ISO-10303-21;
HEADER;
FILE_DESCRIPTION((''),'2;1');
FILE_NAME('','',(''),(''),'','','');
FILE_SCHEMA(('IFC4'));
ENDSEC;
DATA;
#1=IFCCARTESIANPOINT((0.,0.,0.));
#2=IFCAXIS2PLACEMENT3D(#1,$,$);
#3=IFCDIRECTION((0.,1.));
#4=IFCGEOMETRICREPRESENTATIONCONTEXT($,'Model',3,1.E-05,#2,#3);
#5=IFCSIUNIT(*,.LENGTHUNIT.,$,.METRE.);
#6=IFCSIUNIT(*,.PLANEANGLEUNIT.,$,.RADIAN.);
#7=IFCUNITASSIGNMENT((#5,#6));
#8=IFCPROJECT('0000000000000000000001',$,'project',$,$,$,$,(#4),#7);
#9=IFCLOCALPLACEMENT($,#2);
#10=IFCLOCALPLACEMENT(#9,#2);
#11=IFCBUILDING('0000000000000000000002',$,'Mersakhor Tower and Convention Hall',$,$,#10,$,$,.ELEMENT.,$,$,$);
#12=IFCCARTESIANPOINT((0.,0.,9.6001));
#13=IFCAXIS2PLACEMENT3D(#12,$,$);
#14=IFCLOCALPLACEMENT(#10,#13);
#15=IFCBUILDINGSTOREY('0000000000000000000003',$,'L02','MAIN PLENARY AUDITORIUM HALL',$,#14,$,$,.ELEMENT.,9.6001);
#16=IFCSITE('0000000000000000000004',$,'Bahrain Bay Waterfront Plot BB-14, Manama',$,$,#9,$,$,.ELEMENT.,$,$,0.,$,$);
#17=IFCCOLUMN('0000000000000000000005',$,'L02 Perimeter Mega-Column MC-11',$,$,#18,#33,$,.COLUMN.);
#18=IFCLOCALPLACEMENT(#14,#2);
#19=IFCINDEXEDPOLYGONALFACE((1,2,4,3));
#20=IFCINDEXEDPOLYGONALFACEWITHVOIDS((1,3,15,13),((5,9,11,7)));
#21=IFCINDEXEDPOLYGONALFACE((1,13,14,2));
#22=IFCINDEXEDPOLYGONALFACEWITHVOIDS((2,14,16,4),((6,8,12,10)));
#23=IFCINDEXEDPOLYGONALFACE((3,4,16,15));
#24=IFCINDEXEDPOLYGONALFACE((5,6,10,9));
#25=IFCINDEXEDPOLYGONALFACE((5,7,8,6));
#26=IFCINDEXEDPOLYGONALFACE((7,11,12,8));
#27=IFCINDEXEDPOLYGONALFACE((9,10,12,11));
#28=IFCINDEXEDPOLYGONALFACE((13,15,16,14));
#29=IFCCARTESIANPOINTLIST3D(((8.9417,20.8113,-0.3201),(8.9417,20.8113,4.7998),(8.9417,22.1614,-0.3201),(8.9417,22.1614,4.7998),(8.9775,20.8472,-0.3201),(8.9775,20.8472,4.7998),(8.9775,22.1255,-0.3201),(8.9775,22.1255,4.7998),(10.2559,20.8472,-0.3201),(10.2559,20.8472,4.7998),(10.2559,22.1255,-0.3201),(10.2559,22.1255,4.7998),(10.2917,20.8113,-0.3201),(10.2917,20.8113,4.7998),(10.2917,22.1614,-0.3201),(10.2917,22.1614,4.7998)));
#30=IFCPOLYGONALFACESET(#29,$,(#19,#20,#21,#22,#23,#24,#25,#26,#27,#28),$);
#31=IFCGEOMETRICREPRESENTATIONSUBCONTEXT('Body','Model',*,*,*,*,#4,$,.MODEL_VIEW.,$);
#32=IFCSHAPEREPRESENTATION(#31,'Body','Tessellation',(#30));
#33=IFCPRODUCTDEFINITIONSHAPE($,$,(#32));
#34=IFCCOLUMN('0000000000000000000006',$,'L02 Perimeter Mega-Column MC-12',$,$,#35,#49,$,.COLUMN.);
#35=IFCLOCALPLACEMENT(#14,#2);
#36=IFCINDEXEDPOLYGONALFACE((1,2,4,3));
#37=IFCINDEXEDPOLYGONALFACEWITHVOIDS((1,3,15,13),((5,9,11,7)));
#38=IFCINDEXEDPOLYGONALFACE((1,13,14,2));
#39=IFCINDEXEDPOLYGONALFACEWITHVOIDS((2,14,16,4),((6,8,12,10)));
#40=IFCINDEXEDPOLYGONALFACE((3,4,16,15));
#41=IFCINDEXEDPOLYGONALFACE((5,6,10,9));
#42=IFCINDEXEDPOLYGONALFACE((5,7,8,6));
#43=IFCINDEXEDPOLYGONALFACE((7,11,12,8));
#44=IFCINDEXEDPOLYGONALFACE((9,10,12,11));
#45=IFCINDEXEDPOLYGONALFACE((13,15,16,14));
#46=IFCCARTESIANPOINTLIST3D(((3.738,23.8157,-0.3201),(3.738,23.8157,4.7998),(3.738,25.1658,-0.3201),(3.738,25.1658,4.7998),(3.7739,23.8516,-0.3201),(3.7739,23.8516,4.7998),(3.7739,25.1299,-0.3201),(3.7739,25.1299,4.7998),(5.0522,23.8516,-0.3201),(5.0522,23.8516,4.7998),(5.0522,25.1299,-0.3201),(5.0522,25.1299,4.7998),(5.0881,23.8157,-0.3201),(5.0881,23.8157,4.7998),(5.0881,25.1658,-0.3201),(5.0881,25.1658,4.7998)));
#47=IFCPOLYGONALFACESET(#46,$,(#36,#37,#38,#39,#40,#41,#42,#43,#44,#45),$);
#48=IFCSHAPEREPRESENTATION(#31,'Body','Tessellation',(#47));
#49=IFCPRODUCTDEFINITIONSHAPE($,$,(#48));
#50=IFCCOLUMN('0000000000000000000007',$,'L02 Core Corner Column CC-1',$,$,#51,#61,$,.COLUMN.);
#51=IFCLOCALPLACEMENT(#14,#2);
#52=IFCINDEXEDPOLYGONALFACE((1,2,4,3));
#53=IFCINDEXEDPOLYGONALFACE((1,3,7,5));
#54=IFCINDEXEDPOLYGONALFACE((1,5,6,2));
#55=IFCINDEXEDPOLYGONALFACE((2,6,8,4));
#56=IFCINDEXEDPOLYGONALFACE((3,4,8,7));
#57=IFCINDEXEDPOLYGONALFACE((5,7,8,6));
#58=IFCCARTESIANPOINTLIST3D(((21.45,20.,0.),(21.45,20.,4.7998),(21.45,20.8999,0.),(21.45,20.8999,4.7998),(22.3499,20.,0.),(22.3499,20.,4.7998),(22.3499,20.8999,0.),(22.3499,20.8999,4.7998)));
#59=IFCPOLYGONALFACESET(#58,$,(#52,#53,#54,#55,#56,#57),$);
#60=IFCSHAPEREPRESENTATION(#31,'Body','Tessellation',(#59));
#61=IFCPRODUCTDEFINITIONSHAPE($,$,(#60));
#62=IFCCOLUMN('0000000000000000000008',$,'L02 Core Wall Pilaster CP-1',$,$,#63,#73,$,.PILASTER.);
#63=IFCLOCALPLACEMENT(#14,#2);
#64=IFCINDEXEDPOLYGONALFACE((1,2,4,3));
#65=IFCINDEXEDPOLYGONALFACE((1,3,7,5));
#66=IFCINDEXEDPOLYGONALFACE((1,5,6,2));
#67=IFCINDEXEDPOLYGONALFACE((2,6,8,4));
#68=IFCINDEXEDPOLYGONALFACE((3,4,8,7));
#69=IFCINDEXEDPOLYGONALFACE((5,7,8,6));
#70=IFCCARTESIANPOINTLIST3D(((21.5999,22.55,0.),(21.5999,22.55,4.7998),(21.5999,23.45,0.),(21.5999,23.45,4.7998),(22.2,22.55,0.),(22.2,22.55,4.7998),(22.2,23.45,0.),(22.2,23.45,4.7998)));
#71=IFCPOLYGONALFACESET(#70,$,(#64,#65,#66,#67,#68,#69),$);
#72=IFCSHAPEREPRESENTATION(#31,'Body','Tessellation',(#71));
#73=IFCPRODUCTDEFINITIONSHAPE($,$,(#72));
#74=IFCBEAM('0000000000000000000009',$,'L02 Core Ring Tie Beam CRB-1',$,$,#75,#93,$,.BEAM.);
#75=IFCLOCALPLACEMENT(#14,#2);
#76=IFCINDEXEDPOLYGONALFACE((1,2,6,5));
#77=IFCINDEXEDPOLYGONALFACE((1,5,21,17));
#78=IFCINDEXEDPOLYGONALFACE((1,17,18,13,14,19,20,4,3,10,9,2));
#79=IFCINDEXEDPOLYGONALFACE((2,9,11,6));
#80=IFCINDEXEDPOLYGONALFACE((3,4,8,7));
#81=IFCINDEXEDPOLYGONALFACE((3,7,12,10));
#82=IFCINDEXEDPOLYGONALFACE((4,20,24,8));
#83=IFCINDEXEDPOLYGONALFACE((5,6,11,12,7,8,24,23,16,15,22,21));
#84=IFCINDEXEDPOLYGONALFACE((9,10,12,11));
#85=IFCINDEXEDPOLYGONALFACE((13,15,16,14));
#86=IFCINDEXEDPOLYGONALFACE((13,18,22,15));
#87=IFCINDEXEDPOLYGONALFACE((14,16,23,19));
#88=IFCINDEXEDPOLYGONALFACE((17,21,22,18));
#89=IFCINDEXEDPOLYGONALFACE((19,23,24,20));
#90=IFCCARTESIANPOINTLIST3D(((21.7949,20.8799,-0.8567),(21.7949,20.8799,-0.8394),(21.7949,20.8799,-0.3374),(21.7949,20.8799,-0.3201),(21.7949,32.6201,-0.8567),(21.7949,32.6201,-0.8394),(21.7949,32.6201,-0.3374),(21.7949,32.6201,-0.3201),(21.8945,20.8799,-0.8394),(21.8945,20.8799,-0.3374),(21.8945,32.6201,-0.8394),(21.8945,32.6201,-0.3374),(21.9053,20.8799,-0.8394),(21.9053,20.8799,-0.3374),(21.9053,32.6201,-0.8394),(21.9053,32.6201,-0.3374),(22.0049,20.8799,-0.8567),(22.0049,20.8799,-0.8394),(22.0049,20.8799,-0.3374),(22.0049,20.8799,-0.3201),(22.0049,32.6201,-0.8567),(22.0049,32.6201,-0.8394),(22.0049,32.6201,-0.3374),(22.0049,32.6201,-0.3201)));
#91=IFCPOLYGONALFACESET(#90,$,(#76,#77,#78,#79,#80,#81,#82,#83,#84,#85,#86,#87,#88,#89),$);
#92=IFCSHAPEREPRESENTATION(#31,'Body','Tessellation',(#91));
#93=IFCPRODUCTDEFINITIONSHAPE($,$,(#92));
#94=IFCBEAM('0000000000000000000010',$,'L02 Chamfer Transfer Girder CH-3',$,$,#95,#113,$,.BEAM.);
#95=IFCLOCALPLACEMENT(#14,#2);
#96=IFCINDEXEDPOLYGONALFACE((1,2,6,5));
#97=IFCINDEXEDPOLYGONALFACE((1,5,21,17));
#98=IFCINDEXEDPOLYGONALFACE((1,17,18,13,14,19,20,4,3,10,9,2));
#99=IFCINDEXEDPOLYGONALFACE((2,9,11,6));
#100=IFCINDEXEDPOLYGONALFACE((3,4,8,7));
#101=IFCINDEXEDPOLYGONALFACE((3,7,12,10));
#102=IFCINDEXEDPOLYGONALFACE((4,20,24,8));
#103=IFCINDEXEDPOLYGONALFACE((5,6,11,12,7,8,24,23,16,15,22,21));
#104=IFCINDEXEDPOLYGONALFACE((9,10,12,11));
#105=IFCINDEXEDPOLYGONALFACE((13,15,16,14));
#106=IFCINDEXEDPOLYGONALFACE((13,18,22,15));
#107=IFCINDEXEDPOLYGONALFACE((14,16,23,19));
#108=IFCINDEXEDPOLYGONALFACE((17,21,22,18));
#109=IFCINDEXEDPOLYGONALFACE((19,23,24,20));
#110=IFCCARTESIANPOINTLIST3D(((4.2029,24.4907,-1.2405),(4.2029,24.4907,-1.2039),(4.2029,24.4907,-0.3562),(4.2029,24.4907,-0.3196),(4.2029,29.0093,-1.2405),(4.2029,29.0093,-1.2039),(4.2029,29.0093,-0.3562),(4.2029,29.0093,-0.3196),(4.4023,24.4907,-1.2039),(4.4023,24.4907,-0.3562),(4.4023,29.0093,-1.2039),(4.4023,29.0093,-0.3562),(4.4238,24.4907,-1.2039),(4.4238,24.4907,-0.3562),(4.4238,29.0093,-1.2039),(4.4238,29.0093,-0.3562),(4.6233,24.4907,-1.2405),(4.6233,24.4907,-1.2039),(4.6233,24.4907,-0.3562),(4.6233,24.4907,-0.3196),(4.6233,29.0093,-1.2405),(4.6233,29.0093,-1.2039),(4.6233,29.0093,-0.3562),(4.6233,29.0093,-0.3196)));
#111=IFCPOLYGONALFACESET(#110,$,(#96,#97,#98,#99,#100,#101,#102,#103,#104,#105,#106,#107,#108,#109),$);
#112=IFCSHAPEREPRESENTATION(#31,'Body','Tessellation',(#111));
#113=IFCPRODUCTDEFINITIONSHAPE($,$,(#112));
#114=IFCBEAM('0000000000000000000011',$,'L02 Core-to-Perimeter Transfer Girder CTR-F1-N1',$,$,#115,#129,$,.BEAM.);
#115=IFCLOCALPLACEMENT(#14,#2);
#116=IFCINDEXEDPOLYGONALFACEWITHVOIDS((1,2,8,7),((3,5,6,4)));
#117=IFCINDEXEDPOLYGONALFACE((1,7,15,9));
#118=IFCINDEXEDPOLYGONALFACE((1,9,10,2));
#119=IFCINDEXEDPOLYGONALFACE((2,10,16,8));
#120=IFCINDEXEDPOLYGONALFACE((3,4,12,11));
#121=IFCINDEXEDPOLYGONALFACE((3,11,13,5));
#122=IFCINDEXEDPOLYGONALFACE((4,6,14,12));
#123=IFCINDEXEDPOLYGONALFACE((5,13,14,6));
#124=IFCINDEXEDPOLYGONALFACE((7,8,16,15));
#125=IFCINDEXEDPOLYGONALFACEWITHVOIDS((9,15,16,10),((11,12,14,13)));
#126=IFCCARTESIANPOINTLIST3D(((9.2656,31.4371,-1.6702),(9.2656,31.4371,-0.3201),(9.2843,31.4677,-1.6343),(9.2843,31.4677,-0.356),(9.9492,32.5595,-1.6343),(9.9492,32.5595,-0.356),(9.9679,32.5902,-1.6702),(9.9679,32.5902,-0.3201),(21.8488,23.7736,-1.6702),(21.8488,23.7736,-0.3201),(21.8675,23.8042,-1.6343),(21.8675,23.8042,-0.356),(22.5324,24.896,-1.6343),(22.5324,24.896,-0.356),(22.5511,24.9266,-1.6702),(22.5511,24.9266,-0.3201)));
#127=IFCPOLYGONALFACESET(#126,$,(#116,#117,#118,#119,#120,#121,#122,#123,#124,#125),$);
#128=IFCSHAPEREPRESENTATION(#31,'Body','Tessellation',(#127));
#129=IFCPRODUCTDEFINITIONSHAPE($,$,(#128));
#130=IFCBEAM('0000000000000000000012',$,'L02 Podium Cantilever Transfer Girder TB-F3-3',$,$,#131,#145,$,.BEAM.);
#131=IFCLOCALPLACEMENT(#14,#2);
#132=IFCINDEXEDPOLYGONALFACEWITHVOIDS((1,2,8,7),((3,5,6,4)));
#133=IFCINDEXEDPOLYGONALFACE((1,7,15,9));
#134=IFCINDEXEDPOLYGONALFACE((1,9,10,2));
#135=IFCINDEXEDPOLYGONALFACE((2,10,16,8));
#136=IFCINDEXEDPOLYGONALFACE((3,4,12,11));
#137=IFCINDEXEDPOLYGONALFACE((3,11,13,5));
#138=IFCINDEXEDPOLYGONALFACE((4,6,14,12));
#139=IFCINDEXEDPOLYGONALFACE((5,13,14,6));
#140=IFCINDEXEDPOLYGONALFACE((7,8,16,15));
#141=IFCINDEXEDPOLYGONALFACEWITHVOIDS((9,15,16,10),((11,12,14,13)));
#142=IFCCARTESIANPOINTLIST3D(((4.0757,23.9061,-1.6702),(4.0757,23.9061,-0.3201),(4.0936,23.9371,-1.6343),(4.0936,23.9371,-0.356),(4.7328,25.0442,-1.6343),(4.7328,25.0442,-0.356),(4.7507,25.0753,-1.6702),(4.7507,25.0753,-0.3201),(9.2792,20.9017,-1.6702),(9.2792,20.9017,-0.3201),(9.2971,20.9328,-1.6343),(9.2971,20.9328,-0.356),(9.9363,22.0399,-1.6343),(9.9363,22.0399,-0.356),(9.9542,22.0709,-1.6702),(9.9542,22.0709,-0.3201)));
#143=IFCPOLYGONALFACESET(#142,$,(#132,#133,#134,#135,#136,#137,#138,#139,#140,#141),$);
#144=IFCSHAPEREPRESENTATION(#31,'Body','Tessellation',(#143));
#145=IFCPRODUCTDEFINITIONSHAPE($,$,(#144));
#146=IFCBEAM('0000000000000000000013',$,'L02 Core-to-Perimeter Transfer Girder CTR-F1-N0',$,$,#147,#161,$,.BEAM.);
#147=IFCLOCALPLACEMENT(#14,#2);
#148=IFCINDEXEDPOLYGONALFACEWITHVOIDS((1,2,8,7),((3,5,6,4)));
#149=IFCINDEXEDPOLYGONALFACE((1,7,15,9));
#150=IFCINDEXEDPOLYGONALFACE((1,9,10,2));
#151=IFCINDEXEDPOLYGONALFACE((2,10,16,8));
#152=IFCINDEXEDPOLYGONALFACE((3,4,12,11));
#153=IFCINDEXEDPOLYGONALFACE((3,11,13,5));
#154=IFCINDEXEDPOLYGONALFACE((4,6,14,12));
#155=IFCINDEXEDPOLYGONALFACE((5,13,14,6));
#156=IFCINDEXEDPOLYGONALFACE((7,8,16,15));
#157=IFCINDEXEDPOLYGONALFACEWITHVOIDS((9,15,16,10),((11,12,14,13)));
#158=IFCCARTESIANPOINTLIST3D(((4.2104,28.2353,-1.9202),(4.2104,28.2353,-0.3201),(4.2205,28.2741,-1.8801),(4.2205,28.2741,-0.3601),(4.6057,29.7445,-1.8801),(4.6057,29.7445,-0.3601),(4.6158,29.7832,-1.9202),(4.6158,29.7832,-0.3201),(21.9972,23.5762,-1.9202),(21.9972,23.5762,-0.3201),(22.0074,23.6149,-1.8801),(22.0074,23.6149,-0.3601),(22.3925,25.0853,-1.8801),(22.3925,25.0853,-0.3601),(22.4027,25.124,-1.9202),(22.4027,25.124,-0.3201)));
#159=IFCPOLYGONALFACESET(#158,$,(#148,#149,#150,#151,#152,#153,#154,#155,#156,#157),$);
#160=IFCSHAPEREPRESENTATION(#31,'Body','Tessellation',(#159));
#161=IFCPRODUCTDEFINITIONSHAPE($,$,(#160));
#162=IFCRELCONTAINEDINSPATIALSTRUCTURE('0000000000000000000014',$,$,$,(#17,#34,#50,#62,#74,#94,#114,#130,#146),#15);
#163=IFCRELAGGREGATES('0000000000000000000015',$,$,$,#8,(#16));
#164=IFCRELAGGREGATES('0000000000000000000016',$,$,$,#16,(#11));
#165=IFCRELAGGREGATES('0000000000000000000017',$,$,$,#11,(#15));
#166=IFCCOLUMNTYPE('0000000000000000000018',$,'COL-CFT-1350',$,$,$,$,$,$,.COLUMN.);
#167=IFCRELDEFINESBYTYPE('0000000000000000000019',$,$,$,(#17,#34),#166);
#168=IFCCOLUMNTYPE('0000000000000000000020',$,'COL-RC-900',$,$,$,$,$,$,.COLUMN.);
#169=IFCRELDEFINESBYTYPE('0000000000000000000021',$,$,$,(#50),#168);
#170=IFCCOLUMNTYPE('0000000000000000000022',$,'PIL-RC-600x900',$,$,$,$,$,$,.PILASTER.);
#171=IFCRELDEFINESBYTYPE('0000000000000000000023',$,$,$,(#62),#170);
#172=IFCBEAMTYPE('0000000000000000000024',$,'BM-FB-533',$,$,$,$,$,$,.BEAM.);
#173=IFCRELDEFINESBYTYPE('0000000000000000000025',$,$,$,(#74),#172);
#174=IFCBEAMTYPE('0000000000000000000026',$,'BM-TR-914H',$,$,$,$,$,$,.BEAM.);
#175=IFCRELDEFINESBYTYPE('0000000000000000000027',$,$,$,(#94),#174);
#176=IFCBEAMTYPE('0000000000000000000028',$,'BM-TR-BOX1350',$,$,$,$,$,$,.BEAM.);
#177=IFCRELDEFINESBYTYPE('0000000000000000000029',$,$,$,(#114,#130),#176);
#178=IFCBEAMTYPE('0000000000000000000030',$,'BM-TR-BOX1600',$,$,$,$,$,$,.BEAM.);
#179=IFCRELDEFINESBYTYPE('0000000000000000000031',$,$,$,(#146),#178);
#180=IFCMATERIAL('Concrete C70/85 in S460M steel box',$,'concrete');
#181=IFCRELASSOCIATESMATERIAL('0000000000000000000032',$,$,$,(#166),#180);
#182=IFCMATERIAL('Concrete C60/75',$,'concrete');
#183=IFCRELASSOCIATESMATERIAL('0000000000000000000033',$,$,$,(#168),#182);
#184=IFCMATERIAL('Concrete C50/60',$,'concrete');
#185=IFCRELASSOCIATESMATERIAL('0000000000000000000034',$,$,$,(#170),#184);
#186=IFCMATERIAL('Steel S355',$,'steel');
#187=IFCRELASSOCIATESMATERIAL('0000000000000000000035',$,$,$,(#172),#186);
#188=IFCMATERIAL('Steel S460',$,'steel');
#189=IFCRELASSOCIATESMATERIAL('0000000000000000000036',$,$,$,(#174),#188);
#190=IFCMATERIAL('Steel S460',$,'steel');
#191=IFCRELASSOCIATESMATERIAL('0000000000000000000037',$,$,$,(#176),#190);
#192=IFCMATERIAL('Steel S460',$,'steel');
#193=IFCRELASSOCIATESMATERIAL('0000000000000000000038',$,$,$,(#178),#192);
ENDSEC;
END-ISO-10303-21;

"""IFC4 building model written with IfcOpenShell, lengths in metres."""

from ifc_helpers import new_model, si_unit, direction, frame, origin, origin_2d, place, context, subcontext, project, spatial, rectangle, hollow_rectangle, i_section, extrude, material, material_profile, profile_set, type_object, element, save


model = new_model("IFC4")

# Units and contexts
model_context = context("Model", 3, precision=1e-05, world=origin(), true_north=direction((0.0, 1.0)))
body_context = subcontext(model_context, "Body", "Model", "MODEL_VIEW")
ifc_project = project(units=[si_unit("LENGTHUNIT", "METRE"), si_unit("PLANEANGLEUNIT", "RADIAN")], contexts=[model_context])

# Site, building, storey
site_placement = place(None, origin())
site = spatial("IfcSite", under=ifc_project, at=site_placement, Name="Bahrain Bay Waterfront Plot BB-14, Manama", CompositionType="ELEMENT", RefElevation=0.0)
building_placement = place(site_placement, origin())
building = spatial("IfcBuilding", under=site, at=building_placement, Name="Mersakhor Tower and Convention Hall", CompositionType="ELEMENT")
storey_placement = place(building_placement, frame((0.0, 0.0, 9.6001)))
storey = spatial("IfcBuildingStorey", under=building, at=storey_placement, Name="L02", Description="MAIN PLENARY AUDITORIUM HALL", CompositionType="ELEMENT", Elevation=9.6001)

# Columns
ifc_material_1 = material(Name="Concrete C70/85 in S460M steel box", Category="concrete")
ifc_material_profile_1 = material_profile(ifc_material_1, hollow_rectangle(XDim=1.3501, YDim=1.3501, WallThickness=0.0359, at=origin_2d()), Name="SHS 1350x1350x36")
ifc_profile_set_1 = profile_set([ifc_material_profile_1], Name="Concrete C70/85 in S460M steel box")
column_type_1 = type_object("IfcColumnType", Name="COL-CFT-1350", PredefinedType="COLUMN", material=ifc_profile_set_1)
for number, where, z_axis, x_axis, name in (
    (1, (9.6167, 21.4863, -0.3201), (0.0, 0.0, 1.0), (1.0, 0.0, 0.0), "L02 Perimeter Mega-Column MC-11"),
    (2, (4.4131, 24.4907, -0.3201), (0.0, 0.0, 1.0), (1.0, 0.0, 0.0), "L02 Perimeter Mega-Column MC-12"),
):
    element("IfcColumn", number, at=place(storey_placement, frame(where, z_axis=z_axis, x_axis=x_axis)), inside=storey, type_object=column_type_1, Name=name, PredefinedType="COLUMN", context=body_context, shape_type="SweptSolid", body=[
        extrude(hollow_rectangle(XDim=1.3501, YDim=1.3501, WallThickness=0.0359, at=origin_2d()), origin(), (0.0, 0.0, 1.0), 5.1199),
    ])
ifc_material_2 = material(Name="Concrete C60/75", Category="concrete")
ifc_material_profile_2 = material_profile(ifc_material_2, rectangle(XDim=0.8999, YDim=0.8999, at=origin_2d()), Name="RC 900x900")
ifc_profile_set_2 = profile_set([ifc_material_profile_2], Name="Concrete C60/75")
column_type_2 = type_object("IfcColumnType", Name="COL-RC-900", PredefinedType="COLUMN", material=ifc_profile_set_2)
column_1_placement = place(storey_placement, frame((21.8999, 20.45, 0.0), z_axis=(0.0, 0.0, 1.0), x_axis=(1.0, 0.0, 0.0)))
element("IfcColumn", 3, at=column_1_placement, inside=storey, type_object=column_type_2, Name="L02 Core Corner Column CC-1", PredefinedType="COLUMN", context=body_context, shape_type="SweptSolid", body=[
    extrude(rectangle(XDim=0.8999, YDim=0.8999, at=origin_2d()), origin(), (0.0, 0.0, 1.0), 4.7998),
])
ifc_material_3 = material(Name="Concrete C50/60", Category="concrete")
ifc_material_profile_3 = material_profile(ifc_material_3, rectangle(XDim=0.6001, YDim=0.8999, at=origin_2d()), Name="RC 600x900")
ifc_profile_set_3 = profile_set([ifc_material_profile_3], Name="Concrete C50/60")
column_type_3 = type_object("IfcColumnType", Name="PIL-RC-600x900", PredefinedType="PILASTER", material=ifc_profile_set_3)
column_2_placement = place(storey_placement, frame((21.8999, 23.0, 0.0), z_axis=(0.0, 0.0, 1.0), x_axis=(1.0, 0.0, 0.0)))
element("IfcColumn", 4, at=column_2_placement, inside=storey, type_object=column_type_3, Name="L02 Core Wall Pilaster CP-1", PredefinedType="PILASTER", context=body_context, shape_type="SweptSolid", body=[
    extrude(rectangle(XDim=0.6001, YDim=0.8999, at=origin_2d()), origin(), (0.0, 0.0, 1.0), 4.7998),
])

# Beams
ifc_material_4 = material(Name="Steel S355", Category="steel")
ifc_material_profile_4 = material_profile(ifc_material_4, i_section(OverallWidth=0.21, OverallDepth=0.5366, WebThickness=0.0107, FlangeThickness=0.0173, at=origin_2d()), Name="UB 533x210x101")
ifc_profile_set_4 = profile_set([ifc_material_profile_4], Name="Steel S355")
beam_type_1 = type_object("IfcBeamType", Name="BM-FB-533", PredefinedType="BEAM", material=ifc_profile_set_4)
beam_1_placement = place(storey_placement, frame((21.8999, 20.8799, -0.5884), z_axis=(0.0, 1.0, 0.0), x_axis=(-1.0, 0.0, 0.0)))
element("IfcBeam", 5, at=beam_1_placement, inside=storey, type_object=beam_type_1, Name="L02 Core Ring Tie Beam CRB-1", PredefinedType="BEAM", context=body_context, shape_type="SweptSolid", body=[
    extrude(i_section(OverallWidth=0.21, OverallDepth=0.5366, WebThickness=0.0107, FlangeThickness=0.0173, at=origin_2d()), origin(), (0.0, 0.0, 1.0), 11.7402),
])
ifc_material_5 = material(Name="Steel S460", Category="steel")
ifc_material_profile_5 = material_profile(ifc_material_5, i_section(OverallWidth=0.4204, OverallDepth=0.9209, WebThickness=0.0215, FlangeThickness=0.0366, at=origin_2d()), Name="UB 914x419x388")
ifc_profile_set_5 = profile_set([ifc_material_profile_5], Name="Steel S460")
beam_type_2 = type_object("IfcBeamType", Name="BM-TR-914H", PredefinedType="BEAM", material=ifc_profile_set_5)
beam_2_placement = place(storey_placement, frame((4.4131, 24.4907, -0.78), z_axis=(0.0, 1.0, 0.0), x_axis=(-1.0, 0.0, 0.0)))
element("IfcBeam", 6, at=beam_2_placement, inside=storey, type_object=beam_type_2, Name="L02 Chamfer Transfer Girder CH-3", PredefinedType="BEAM", context=body_context, shape_type="SweptSolid", body=[
    extrude(i_section(OverallWidth=0.4204, OverallDepth=0.9209, WebThickness=0.0215, FlangeThickness=0.0366, at=origin_2d()), origin(), (0.0, 0.0, 1.0), 4.5186),
])
ifc_material_6 = material(Name="Steel S460", Category="steel")
ifc_material_profile_6 = material_profile(ifc_material_6, hollow_rectangle(XDim=1.3501, YDim=1.3501, WallThickness=0.0359, at=origin_2d()), Name="SHS 1350x1350x36")
ifc_profile_set_6 = profile_set([ifc_material_profile_6], Name="Steel S460")
beam_type_3 = type_object("IfcBeamType", Name="BM-TR-BOX1350", PredefinedType="BEAM", material=ifc_profile_set_6)
beam_3_placement = place(storey_placement, frame((22.2, 24.3501, -0.9951), z_axis=(-0.854072, 0.520155, 0.0), x_axis=(-0.520155, -0.854072, 0.0)))
element("IfcBeam", 7, at=beam_3_placement, inside=storey, type_object=beam_type_3, Name="L02 Core-to-Perimeter Transfer Girder CTR-F1-N1", PredefinedType="BEAM", context=body_context, shape_type="SweptSolid", body=[
    extrude(hollow_rectangle(XDim=1.3501, YDim=1.3501, WallThickness=0.0359, at=origin_2d()), origin(), (0.0, 0.0, 1.0), 14.7332),
])
beam_4_placement = place(storey_placement, frame((9.6167, 21.4863, -0.9951), z_axis=(-0.866019, 0.500011, 0.0), x_axis=(-0.500011, -0.866019, 0.0)))
element("IfcBeam", 8, at=beam_4_placement, inside=storey, type_object=beam_type_3, Name="L02 Podium Cantilever Transfer Girder TB-F3-3", PredefinedType="BEAM", context=body_context, shape_type="SweptSolid", body=[
    extrude(hollow_rectangle(XDim=1.3501, YDim=1.3501, WallThickness=0.0359, at=origin_2d()), origin(), (0.0, 0.0, 1.0), 6.0085),
])
ifc_material_7 = material(Name="Steel S460", Category="steel")
ifc_material_profile_7 = material_profile(ifc_material_7, hollow_rectangle(XDim=1.6001, YDim=1.6001, WallThickness=0.04, at=origin_2d()), Name="SHS 1600x1600x40")
ifc_profile_set_7 = profile_set([ifc_material_profile_7], Name="Steel S460")
beam_type_4 = type_object("IfcBeamType", Name="BM-TR-BOX1600", PredefinedType="BEAM", material=ifc_profile_set_7)
beam_5_placement = place(storey_placement, frame((22.2, 24.3501, -1.1201), z_axis=(-0.967363, 0.253396, 0.0), x_axis=(-0.253396, -0.967363, 0.0)))
element("IfcBeam", 9, at=beam_5_placement, inside=storey, type_object=beam_type_4, Name="L02 Core-to-Perimeter Transfer Girder CTR-F1-N0", PredefinedType="BEAM", context=body_context, shape_type="SweptSolid", body=[
    extrude(hollow_rectangle(XDim=1.6001, YDim=1.6001, WallThickness=0.04, at=origin_2d()), origin(), (0.0, 0.0, 1.0), 18.387),
])

save(model, "model.ifc")
